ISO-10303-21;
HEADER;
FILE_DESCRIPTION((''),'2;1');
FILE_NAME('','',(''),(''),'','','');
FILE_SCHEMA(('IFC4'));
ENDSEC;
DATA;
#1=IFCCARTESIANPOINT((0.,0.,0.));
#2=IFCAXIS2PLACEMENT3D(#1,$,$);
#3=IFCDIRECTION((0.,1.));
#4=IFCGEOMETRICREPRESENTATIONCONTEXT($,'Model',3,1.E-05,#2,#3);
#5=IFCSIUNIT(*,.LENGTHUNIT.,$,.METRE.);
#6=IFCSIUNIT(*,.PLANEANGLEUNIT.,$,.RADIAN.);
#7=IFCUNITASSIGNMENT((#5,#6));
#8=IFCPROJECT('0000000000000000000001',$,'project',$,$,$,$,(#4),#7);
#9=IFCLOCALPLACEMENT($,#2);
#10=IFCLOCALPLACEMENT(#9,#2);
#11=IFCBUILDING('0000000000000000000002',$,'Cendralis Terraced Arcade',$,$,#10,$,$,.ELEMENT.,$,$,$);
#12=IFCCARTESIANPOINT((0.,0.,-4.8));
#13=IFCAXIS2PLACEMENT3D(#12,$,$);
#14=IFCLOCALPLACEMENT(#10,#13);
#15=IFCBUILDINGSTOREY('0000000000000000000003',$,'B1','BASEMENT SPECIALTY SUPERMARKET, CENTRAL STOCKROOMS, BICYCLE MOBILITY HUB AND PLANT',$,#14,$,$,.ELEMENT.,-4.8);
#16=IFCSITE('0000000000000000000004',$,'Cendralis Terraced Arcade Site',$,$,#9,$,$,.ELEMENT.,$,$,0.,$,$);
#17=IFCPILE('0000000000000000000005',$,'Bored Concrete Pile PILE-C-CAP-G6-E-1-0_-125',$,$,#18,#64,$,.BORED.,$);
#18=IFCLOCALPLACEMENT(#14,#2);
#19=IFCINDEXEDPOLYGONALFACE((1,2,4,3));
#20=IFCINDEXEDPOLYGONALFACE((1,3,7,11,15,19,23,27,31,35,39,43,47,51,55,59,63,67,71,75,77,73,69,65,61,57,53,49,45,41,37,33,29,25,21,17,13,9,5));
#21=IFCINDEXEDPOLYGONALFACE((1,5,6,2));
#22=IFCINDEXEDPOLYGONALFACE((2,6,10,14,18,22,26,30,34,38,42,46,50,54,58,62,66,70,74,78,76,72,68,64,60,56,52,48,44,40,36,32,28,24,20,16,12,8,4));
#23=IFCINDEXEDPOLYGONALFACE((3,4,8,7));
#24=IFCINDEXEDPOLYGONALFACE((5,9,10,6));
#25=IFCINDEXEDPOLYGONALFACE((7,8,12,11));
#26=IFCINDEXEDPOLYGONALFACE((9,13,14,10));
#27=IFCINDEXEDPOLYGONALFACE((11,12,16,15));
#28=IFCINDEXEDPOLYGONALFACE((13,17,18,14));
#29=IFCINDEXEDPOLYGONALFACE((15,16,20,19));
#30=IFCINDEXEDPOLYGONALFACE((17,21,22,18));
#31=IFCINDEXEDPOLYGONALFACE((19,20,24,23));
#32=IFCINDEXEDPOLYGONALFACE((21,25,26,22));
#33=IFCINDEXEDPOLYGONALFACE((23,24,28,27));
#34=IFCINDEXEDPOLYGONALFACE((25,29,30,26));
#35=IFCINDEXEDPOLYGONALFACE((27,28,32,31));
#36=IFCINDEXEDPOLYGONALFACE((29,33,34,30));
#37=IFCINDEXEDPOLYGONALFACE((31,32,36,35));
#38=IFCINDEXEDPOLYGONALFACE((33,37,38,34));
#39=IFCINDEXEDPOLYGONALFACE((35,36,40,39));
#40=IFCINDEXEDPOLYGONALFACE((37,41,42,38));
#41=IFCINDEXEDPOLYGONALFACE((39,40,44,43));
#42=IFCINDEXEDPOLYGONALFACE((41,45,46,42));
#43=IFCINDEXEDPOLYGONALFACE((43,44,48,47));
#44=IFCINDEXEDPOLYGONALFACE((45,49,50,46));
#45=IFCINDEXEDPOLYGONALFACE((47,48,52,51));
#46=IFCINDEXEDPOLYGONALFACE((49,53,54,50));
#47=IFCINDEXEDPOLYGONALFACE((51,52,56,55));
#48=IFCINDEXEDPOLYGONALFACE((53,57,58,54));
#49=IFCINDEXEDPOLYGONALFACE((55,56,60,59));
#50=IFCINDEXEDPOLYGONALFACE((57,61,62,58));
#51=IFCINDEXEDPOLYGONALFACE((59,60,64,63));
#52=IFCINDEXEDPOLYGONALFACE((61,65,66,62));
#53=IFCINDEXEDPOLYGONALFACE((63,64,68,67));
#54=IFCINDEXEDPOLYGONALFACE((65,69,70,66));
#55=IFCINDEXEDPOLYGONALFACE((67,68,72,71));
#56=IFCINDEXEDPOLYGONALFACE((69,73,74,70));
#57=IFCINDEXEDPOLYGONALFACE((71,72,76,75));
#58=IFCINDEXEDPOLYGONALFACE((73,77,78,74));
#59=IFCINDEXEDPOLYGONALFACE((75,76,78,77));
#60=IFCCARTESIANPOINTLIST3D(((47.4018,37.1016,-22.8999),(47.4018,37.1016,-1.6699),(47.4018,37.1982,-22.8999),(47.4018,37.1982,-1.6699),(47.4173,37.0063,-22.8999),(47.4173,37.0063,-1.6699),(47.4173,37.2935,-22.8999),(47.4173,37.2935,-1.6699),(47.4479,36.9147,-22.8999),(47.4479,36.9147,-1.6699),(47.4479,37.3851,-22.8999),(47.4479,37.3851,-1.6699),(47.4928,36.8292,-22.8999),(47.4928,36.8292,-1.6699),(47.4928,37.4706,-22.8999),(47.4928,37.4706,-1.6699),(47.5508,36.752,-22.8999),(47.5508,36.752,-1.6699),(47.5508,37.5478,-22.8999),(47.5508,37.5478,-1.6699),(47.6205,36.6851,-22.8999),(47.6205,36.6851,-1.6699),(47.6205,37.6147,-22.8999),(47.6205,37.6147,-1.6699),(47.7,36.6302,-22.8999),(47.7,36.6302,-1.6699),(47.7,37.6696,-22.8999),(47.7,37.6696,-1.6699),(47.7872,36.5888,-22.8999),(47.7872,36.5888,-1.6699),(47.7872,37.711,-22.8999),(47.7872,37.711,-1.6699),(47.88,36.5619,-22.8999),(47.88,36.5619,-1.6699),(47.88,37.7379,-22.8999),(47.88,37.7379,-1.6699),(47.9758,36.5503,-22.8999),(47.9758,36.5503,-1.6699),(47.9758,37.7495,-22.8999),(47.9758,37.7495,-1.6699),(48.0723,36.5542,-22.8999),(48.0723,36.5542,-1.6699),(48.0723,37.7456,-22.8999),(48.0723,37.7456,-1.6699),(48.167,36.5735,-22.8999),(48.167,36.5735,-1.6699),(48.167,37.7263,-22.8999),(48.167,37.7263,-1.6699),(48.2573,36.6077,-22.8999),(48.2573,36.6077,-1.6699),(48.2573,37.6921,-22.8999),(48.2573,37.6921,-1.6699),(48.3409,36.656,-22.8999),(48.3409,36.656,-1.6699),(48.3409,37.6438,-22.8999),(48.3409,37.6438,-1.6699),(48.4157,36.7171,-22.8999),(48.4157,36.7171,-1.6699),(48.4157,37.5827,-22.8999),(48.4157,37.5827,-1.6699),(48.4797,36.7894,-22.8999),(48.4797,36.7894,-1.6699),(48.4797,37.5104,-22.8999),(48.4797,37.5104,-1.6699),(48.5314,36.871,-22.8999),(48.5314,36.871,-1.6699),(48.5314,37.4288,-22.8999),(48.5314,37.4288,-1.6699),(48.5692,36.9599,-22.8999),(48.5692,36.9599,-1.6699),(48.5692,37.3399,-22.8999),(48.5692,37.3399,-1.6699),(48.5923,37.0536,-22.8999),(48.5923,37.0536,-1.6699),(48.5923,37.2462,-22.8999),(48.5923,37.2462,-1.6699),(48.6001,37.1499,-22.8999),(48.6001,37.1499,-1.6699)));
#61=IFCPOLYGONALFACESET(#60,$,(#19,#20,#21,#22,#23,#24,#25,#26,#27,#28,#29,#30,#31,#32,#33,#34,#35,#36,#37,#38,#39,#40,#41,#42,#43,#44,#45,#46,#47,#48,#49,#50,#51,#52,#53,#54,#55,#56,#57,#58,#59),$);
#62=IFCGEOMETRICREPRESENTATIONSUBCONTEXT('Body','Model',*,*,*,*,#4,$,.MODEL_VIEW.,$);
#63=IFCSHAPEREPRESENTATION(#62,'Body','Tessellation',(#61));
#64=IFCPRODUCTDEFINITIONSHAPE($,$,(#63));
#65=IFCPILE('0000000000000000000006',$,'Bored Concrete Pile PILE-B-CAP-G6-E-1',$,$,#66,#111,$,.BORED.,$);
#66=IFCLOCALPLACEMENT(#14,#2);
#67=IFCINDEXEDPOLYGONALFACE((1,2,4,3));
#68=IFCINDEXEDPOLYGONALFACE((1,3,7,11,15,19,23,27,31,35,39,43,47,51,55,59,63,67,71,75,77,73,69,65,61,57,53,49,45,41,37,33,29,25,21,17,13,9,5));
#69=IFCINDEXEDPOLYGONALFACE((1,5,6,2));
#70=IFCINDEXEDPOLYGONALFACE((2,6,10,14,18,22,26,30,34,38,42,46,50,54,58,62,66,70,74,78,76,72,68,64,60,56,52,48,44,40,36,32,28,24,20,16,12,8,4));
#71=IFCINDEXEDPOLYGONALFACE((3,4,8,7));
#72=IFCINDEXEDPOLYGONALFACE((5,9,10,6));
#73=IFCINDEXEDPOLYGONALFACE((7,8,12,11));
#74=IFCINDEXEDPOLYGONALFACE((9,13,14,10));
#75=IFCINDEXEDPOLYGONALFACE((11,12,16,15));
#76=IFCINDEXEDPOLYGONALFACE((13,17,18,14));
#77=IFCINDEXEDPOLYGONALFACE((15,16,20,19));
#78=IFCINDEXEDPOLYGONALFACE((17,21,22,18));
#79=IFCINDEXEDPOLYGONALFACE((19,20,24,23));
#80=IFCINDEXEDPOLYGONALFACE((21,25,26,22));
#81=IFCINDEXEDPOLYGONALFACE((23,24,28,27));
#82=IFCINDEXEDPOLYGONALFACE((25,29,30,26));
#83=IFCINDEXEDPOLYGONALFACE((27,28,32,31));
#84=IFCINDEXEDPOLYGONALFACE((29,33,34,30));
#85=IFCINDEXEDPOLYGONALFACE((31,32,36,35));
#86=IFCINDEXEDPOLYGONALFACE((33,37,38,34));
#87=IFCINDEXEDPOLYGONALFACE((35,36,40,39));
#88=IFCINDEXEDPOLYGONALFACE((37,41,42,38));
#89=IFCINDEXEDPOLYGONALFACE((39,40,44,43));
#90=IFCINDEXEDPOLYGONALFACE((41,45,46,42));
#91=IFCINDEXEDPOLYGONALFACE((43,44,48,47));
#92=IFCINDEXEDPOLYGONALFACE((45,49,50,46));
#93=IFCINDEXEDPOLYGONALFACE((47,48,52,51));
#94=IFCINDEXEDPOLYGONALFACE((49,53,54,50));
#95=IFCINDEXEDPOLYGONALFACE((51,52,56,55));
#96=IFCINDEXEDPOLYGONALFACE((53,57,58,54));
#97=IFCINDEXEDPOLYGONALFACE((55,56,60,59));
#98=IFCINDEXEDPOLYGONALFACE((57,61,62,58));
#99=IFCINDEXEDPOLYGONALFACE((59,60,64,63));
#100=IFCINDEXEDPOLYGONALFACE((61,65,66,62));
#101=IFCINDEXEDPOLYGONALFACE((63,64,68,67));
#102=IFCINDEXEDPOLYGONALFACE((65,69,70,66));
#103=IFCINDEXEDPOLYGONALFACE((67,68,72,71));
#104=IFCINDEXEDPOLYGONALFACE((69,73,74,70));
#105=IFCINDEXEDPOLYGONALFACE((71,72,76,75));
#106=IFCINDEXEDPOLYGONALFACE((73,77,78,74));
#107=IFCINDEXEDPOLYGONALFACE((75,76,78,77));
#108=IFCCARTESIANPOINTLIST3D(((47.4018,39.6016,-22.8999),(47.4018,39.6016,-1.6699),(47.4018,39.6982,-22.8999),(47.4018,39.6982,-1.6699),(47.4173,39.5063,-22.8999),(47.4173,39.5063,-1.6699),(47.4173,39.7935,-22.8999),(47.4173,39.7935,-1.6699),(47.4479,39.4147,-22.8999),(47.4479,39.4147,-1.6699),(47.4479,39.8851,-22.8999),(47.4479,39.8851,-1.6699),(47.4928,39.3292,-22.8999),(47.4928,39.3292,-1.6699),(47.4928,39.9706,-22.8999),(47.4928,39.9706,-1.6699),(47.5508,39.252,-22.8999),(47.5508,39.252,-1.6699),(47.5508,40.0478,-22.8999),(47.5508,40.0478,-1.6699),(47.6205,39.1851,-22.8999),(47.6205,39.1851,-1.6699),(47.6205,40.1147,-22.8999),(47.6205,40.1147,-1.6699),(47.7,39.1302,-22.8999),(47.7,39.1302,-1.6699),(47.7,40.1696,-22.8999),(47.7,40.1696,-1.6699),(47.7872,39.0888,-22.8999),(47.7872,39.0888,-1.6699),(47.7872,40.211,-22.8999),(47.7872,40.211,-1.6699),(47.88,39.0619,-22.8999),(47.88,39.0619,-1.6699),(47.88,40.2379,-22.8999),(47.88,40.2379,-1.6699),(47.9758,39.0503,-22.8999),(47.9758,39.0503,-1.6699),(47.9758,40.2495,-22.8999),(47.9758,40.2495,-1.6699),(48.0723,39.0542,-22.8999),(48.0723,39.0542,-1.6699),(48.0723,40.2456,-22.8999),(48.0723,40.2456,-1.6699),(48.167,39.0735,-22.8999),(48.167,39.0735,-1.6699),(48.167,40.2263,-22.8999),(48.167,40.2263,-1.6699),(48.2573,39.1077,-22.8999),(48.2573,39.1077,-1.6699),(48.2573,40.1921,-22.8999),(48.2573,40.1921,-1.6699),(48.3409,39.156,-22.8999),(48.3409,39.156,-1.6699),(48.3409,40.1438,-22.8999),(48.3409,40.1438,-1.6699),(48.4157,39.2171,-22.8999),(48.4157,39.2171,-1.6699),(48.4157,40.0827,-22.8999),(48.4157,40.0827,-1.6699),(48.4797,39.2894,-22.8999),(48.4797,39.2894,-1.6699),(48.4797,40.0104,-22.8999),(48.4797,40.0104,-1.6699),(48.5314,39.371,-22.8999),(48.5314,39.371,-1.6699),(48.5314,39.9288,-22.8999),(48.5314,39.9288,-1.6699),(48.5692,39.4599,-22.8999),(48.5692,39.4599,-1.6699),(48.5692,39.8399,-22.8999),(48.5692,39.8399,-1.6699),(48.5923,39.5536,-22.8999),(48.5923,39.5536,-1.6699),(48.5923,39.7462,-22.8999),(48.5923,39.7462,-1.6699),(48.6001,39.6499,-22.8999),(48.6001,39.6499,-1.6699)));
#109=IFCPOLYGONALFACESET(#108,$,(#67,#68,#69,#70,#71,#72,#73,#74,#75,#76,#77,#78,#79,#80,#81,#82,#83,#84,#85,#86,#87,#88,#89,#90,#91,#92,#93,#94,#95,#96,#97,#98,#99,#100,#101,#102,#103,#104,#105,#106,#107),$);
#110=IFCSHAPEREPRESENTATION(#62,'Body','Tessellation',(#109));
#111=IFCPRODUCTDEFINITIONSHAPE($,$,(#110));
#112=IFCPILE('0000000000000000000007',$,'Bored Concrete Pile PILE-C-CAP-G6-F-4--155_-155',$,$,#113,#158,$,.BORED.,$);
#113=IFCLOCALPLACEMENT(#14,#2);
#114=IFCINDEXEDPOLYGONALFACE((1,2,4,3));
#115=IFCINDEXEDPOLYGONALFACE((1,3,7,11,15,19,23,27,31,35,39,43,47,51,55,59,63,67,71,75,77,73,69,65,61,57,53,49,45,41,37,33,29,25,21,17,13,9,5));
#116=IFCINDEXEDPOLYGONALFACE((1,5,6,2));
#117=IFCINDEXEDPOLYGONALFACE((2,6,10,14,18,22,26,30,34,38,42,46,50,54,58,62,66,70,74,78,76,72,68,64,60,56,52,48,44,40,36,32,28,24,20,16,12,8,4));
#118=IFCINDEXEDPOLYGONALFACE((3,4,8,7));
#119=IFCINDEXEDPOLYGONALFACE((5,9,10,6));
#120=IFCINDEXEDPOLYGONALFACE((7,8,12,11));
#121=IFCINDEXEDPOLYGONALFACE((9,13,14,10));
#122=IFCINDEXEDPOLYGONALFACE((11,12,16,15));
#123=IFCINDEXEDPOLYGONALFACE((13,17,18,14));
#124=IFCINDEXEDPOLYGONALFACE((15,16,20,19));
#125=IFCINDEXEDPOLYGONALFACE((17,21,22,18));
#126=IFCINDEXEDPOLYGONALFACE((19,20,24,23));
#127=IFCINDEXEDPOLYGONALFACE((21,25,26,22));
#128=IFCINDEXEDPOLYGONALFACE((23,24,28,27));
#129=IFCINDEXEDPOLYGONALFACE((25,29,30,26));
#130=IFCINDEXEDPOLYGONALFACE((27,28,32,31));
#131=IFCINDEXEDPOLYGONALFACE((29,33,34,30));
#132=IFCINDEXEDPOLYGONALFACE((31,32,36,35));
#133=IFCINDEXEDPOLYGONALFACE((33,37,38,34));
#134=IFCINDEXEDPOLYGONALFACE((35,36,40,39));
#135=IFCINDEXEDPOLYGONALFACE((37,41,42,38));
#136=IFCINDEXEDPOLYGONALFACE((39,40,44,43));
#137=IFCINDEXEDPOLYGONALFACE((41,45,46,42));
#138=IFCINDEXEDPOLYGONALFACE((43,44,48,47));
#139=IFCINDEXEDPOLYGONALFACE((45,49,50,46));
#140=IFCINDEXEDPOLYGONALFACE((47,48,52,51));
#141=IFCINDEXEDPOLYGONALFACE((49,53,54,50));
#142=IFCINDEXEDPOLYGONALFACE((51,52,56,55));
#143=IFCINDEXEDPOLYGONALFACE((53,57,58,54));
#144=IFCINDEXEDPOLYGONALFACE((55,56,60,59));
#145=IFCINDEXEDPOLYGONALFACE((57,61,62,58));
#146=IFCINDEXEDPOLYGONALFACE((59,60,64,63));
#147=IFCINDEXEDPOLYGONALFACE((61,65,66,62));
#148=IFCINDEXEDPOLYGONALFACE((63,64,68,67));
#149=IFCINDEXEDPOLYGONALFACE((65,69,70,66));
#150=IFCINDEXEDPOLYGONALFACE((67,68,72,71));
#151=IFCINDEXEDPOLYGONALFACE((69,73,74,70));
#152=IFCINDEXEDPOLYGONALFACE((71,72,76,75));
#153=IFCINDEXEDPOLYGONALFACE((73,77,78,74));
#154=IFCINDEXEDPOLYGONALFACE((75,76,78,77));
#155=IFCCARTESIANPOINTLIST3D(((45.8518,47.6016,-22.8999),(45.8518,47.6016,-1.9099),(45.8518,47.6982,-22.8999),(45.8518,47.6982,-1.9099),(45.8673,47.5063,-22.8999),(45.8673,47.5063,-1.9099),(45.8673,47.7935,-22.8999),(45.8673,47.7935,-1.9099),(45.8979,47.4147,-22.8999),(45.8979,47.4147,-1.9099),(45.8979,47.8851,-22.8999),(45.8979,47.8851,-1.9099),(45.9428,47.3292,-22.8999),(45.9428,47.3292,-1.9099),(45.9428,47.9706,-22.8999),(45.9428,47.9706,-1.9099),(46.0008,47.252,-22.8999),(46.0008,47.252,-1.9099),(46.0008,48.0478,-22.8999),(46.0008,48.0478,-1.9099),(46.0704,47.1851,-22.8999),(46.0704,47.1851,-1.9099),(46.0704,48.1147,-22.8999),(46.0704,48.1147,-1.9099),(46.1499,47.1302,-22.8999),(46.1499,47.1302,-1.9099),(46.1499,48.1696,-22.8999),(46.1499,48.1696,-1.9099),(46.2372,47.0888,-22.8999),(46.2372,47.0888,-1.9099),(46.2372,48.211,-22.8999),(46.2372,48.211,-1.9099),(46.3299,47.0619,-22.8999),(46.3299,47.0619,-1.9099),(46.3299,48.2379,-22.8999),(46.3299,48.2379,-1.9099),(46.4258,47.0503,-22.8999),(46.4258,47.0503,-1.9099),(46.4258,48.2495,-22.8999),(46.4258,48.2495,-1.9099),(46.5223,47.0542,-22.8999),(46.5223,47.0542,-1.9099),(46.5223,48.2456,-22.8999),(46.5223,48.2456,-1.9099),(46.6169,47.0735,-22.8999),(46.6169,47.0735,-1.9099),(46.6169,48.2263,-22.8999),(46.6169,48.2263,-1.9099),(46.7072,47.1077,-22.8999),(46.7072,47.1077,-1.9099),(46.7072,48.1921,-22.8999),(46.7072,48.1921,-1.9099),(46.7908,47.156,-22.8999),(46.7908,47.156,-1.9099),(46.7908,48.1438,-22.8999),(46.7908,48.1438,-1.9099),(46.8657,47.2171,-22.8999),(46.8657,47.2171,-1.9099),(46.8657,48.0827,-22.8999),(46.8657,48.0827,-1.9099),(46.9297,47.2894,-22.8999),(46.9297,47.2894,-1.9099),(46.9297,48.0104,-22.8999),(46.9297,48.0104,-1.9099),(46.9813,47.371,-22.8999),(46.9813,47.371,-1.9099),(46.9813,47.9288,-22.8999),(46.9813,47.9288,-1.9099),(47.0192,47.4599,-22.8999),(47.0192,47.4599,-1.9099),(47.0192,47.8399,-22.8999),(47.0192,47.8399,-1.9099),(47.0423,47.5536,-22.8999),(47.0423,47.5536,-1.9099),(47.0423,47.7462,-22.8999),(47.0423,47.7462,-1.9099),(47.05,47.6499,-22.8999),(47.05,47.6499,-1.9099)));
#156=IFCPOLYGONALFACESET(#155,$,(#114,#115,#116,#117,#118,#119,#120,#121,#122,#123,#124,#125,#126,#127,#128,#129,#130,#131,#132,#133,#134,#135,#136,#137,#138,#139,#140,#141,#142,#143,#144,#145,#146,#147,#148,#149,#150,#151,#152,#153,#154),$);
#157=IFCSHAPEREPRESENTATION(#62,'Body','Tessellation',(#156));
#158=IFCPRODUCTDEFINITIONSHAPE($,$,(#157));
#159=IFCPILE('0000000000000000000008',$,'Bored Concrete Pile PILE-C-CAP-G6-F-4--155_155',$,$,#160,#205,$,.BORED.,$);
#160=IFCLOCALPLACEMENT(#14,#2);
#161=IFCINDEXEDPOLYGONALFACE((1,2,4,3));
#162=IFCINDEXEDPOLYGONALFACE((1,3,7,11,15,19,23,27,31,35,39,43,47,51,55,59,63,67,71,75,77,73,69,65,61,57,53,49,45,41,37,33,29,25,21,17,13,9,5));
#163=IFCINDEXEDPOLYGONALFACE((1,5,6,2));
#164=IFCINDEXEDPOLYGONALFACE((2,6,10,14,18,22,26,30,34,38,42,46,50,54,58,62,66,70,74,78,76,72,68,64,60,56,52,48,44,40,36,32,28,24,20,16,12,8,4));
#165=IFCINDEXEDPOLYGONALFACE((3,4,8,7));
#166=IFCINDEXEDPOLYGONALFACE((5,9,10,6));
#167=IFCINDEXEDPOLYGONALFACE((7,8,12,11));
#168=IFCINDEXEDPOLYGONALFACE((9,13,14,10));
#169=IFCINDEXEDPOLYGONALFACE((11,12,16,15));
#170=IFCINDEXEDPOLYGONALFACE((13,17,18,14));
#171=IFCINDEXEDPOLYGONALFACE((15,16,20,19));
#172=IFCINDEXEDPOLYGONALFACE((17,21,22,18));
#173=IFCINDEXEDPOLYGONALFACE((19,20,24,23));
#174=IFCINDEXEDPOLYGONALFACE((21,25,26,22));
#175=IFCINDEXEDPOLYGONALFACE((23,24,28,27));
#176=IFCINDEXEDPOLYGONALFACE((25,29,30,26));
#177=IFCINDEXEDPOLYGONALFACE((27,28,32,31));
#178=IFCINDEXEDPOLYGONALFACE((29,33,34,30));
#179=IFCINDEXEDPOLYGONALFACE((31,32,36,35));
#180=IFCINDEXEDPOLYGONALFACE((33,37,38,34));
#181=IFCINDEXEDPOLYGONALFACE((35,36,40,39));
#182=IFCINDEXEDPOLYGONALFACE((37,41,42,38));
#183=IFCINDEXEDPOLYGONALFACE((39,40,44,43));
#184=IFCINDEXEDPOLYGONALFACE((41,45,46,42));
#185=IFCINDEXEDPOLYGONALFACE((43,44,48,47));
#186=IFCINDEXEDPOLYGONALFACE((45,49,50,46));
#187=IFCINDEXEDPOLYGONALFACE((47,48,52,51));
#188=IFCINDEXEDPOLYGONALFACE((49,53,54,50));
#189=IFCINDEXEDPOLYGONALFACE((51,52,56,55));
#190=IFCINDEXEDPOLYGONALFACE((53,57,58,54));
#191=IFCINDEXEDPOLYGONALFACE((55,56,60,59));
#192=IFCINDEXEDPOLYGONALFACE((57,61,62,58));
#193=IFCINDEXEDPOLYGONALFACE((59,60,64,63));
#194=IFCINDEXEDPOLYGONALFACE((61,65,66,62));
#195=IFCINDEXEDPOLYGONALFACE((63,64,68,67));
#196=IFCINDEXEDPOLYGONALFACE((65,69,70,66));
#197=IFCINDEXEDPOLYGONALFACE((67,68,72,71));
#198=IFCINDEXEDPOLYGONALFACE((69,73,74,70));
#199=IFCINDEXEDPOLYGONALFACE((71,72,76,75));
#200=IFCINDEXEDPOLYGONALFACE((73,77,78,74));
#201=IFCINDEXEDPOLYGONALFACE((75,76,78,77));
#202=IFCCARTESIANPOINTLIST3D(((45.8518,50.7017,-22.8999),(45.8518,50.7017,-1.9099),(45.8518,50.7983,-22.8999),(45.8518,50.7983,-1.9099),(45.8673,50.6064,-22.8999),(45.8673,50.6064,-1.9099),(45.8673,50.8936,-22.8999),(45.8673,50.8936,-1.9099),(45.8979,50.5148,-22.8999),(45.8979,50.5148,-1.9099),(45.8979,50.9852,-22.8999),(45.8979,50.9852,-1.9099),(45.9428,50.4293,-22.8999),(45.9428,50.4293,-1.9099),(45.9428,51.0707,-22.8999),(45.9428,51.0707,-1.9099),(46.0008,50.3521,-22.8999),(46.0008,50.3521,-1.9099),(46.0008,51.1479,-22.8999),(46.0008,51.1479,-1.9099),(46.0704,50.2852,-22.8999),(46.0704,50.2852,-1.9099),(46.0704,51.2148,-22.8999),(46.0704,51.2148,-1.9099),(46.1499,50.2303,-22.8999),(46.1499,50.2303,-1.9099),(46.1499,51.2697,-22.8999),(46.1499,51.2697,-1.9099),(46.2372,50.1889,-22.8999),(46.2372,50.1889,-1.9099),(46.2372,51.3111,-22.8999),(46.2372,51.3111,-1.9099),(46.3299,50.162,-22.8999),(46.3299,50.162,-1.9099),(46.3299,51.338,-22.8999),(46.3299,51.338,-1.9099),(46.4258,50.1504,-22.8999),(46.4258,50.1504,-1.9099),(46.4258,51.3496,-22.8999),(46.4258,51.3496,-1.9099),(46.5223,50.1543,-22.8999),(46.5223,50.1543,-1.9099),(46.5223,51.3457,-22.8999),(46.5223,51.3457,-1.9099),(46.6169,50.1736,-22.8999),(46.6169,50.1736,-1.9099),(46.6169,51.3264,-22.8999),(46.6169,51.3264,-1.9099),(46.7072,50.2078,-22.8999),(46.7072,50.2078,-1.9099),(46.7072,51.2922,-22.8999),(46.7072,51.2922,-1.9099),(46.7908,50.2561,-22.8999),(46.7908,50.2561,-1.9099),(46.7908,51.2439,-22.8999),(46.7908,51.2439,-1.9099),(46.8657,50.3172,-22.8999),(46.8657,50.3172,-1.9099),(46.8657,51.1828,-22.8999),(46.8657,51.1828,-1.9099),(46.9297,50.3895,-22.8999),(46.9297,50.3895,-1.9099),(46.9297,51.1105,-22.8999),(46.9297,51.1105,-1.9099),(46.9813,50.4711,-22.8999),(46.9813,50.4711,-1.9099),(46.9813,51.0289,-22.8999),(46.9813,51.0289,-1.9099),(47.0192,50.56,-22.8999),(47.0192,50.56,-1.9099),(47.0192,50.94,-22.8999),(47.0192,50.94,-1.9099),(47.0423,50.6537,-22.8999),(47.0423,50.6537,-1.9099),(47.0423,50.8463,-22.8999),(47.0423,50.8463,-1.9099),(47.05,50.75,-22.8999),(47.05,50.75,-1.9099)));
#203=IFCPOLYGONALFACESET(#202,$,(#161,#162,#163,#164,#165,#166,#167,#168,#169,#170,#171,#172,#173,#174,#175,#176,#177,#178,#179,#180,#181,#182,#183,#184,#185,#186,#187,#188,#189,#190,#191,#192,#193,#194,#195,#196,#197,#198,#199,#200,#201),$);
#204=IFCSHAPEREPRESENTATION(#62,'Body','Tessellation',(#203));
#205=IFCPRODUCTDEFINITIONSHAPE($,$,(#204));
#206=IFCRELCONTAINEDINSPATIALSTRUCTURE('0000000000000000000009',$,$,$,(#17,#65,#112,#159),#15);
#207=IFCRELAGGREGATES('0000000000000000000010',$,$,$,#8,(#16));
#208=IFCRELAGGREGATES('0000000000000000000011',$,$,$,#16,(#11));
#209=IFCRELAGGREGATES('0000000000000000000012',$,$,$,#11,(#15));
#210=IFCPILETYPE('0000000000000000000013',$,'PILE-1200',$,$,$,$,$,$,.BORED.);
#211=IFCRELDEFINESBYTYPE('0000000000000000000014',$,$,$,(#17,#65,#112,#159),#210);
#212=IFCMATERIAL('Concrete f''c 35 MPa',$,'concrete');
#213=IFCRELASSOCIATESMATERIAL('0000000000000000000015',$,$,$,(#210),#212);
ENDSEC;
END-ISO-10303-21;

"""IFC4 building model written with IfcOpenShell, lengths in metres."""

from ifc_helpers import new_model, si_unit, direction, frame, origin, origin_2d, place, context, subcontext, project, spatial, circle, extrude, material, material_profile, profile_set, type_object, element, save


model = new_model("IFC4")

# Units and contexts
model_context = context("Model", 3, precision=1e-05, world=origin(), true_north=direction((0.0, 1.0)))
body_context = subcontext(model_context, "Body", "Model", "MODEL_VIEW")
ifc_project = project(units=[si_unit("LENGTHUNIT", "METRE"), si_unit("PLANEANGLEUNIT", "RADIAN")], contexts=[model_context])

# Site, building, storey
site_placement = place(None, origin())
site = spatial("IfcSite", under=ifc_project, at=site_placement, Name="Cendralis Terraced Arcade Site", CompositionType="ELEMENT", RefElevation=0.0)
building_placement = place(site_placement, origin())
building = spatial("IfcBuilding", under=site, at=building_placement, Name="Cendralis Terraced Arcade", CompositionType="ELEMENT")
storey_placement = place(building_placement, frame((0.0, 0.0, -4.8)))
storey = spatial("IfcBuildingStorey", under=building, at=storey_placement, Name="B1", Description="BASEMENT SPECIALTY SUPERMARKET, CENTRAL STOCKROOMS, BICYCLE MOBILITY HUB AND PLANT", CompositionType="ELEMENT", Elevation=-4.8)

# Shared definitions
ifc_material_1 = material(Name="Concrete f'c 35 MPa", Category="concrete")

# Piles
ifc_material_profile_1 = material_profile(ifc_material_1, circle(Radius=0.6001, at=origin_2d()), Name="PILE-D1200", Category="LoadBearing")
ifc_profile_set_1 = profile_set([ifc_material_profile_1], Name="Concrete f'c 35 MPa")
pile_type = type_object("IfcPileType", Name="PILE-1200", PredefinedType="BORED", material=ifc_profile_set_1)
for number, where, z_axis, x_axis, name in (
    (1, (48.0, 37.1499, -1.6699), (0.0, 0.0, -1.0), (1.0, 0.0, 0.0), "Bored Concrete Pile PILE-C-CAP-G6-E-1-0_-125"),
    (2, (48.0, 39.6499, -1.6699), (0.0, 0.0, -1.0), (1.0, 0.0, 0.0), "Bored Concrete Pile PILE-B-CAP-G6-E-1"),
):
    element("IfcPile", number, at=place(storey_placement, frame(where, z_axis=z_axis, x_axis=x_axis)), inside=storey, type_object=pile_type, Name=name, PredefinedType="BORED", context=body_context, shape_type="SweptSolid", body=[
        extrude(circle(Radius=0.6001, at=origin_2d()), origin(), (0.0, 0.0, 1.0), 21.23),
    ])
for number, where, z_axis, x_axis, name in (
    (3, (46.45, 47.6499, -1.9099), (0.0, 0.0, -1.0), (1.0, 0.0, 0.0), "Bored Concrete Pile PILE-C-CAP-G6-F-4--155_-155"),
    (4, (46.45, 50.75, -1.9099), (0.0, 0.0, -1.0), (1.0, 0.0, 0.0), "Bored Concrete Pile PILE-C-CAP-G6-F-4--155_155"),
):
    element("IfcPile", number, at=place(storey_placement, frame(where, z_axis=z_axis, x_axis=x_axis)), inside=storey, type_object=pile_type, Name=name, PredefinedType="BORED", context=body_context, shape_type="SweptSolid", body=[
        extrude(circle(Radius=0.6001, at=origin_2d()), origin(), (0.0, 0.0, 1.0), 20.99),
    ])

save(model, "model.ifc")
